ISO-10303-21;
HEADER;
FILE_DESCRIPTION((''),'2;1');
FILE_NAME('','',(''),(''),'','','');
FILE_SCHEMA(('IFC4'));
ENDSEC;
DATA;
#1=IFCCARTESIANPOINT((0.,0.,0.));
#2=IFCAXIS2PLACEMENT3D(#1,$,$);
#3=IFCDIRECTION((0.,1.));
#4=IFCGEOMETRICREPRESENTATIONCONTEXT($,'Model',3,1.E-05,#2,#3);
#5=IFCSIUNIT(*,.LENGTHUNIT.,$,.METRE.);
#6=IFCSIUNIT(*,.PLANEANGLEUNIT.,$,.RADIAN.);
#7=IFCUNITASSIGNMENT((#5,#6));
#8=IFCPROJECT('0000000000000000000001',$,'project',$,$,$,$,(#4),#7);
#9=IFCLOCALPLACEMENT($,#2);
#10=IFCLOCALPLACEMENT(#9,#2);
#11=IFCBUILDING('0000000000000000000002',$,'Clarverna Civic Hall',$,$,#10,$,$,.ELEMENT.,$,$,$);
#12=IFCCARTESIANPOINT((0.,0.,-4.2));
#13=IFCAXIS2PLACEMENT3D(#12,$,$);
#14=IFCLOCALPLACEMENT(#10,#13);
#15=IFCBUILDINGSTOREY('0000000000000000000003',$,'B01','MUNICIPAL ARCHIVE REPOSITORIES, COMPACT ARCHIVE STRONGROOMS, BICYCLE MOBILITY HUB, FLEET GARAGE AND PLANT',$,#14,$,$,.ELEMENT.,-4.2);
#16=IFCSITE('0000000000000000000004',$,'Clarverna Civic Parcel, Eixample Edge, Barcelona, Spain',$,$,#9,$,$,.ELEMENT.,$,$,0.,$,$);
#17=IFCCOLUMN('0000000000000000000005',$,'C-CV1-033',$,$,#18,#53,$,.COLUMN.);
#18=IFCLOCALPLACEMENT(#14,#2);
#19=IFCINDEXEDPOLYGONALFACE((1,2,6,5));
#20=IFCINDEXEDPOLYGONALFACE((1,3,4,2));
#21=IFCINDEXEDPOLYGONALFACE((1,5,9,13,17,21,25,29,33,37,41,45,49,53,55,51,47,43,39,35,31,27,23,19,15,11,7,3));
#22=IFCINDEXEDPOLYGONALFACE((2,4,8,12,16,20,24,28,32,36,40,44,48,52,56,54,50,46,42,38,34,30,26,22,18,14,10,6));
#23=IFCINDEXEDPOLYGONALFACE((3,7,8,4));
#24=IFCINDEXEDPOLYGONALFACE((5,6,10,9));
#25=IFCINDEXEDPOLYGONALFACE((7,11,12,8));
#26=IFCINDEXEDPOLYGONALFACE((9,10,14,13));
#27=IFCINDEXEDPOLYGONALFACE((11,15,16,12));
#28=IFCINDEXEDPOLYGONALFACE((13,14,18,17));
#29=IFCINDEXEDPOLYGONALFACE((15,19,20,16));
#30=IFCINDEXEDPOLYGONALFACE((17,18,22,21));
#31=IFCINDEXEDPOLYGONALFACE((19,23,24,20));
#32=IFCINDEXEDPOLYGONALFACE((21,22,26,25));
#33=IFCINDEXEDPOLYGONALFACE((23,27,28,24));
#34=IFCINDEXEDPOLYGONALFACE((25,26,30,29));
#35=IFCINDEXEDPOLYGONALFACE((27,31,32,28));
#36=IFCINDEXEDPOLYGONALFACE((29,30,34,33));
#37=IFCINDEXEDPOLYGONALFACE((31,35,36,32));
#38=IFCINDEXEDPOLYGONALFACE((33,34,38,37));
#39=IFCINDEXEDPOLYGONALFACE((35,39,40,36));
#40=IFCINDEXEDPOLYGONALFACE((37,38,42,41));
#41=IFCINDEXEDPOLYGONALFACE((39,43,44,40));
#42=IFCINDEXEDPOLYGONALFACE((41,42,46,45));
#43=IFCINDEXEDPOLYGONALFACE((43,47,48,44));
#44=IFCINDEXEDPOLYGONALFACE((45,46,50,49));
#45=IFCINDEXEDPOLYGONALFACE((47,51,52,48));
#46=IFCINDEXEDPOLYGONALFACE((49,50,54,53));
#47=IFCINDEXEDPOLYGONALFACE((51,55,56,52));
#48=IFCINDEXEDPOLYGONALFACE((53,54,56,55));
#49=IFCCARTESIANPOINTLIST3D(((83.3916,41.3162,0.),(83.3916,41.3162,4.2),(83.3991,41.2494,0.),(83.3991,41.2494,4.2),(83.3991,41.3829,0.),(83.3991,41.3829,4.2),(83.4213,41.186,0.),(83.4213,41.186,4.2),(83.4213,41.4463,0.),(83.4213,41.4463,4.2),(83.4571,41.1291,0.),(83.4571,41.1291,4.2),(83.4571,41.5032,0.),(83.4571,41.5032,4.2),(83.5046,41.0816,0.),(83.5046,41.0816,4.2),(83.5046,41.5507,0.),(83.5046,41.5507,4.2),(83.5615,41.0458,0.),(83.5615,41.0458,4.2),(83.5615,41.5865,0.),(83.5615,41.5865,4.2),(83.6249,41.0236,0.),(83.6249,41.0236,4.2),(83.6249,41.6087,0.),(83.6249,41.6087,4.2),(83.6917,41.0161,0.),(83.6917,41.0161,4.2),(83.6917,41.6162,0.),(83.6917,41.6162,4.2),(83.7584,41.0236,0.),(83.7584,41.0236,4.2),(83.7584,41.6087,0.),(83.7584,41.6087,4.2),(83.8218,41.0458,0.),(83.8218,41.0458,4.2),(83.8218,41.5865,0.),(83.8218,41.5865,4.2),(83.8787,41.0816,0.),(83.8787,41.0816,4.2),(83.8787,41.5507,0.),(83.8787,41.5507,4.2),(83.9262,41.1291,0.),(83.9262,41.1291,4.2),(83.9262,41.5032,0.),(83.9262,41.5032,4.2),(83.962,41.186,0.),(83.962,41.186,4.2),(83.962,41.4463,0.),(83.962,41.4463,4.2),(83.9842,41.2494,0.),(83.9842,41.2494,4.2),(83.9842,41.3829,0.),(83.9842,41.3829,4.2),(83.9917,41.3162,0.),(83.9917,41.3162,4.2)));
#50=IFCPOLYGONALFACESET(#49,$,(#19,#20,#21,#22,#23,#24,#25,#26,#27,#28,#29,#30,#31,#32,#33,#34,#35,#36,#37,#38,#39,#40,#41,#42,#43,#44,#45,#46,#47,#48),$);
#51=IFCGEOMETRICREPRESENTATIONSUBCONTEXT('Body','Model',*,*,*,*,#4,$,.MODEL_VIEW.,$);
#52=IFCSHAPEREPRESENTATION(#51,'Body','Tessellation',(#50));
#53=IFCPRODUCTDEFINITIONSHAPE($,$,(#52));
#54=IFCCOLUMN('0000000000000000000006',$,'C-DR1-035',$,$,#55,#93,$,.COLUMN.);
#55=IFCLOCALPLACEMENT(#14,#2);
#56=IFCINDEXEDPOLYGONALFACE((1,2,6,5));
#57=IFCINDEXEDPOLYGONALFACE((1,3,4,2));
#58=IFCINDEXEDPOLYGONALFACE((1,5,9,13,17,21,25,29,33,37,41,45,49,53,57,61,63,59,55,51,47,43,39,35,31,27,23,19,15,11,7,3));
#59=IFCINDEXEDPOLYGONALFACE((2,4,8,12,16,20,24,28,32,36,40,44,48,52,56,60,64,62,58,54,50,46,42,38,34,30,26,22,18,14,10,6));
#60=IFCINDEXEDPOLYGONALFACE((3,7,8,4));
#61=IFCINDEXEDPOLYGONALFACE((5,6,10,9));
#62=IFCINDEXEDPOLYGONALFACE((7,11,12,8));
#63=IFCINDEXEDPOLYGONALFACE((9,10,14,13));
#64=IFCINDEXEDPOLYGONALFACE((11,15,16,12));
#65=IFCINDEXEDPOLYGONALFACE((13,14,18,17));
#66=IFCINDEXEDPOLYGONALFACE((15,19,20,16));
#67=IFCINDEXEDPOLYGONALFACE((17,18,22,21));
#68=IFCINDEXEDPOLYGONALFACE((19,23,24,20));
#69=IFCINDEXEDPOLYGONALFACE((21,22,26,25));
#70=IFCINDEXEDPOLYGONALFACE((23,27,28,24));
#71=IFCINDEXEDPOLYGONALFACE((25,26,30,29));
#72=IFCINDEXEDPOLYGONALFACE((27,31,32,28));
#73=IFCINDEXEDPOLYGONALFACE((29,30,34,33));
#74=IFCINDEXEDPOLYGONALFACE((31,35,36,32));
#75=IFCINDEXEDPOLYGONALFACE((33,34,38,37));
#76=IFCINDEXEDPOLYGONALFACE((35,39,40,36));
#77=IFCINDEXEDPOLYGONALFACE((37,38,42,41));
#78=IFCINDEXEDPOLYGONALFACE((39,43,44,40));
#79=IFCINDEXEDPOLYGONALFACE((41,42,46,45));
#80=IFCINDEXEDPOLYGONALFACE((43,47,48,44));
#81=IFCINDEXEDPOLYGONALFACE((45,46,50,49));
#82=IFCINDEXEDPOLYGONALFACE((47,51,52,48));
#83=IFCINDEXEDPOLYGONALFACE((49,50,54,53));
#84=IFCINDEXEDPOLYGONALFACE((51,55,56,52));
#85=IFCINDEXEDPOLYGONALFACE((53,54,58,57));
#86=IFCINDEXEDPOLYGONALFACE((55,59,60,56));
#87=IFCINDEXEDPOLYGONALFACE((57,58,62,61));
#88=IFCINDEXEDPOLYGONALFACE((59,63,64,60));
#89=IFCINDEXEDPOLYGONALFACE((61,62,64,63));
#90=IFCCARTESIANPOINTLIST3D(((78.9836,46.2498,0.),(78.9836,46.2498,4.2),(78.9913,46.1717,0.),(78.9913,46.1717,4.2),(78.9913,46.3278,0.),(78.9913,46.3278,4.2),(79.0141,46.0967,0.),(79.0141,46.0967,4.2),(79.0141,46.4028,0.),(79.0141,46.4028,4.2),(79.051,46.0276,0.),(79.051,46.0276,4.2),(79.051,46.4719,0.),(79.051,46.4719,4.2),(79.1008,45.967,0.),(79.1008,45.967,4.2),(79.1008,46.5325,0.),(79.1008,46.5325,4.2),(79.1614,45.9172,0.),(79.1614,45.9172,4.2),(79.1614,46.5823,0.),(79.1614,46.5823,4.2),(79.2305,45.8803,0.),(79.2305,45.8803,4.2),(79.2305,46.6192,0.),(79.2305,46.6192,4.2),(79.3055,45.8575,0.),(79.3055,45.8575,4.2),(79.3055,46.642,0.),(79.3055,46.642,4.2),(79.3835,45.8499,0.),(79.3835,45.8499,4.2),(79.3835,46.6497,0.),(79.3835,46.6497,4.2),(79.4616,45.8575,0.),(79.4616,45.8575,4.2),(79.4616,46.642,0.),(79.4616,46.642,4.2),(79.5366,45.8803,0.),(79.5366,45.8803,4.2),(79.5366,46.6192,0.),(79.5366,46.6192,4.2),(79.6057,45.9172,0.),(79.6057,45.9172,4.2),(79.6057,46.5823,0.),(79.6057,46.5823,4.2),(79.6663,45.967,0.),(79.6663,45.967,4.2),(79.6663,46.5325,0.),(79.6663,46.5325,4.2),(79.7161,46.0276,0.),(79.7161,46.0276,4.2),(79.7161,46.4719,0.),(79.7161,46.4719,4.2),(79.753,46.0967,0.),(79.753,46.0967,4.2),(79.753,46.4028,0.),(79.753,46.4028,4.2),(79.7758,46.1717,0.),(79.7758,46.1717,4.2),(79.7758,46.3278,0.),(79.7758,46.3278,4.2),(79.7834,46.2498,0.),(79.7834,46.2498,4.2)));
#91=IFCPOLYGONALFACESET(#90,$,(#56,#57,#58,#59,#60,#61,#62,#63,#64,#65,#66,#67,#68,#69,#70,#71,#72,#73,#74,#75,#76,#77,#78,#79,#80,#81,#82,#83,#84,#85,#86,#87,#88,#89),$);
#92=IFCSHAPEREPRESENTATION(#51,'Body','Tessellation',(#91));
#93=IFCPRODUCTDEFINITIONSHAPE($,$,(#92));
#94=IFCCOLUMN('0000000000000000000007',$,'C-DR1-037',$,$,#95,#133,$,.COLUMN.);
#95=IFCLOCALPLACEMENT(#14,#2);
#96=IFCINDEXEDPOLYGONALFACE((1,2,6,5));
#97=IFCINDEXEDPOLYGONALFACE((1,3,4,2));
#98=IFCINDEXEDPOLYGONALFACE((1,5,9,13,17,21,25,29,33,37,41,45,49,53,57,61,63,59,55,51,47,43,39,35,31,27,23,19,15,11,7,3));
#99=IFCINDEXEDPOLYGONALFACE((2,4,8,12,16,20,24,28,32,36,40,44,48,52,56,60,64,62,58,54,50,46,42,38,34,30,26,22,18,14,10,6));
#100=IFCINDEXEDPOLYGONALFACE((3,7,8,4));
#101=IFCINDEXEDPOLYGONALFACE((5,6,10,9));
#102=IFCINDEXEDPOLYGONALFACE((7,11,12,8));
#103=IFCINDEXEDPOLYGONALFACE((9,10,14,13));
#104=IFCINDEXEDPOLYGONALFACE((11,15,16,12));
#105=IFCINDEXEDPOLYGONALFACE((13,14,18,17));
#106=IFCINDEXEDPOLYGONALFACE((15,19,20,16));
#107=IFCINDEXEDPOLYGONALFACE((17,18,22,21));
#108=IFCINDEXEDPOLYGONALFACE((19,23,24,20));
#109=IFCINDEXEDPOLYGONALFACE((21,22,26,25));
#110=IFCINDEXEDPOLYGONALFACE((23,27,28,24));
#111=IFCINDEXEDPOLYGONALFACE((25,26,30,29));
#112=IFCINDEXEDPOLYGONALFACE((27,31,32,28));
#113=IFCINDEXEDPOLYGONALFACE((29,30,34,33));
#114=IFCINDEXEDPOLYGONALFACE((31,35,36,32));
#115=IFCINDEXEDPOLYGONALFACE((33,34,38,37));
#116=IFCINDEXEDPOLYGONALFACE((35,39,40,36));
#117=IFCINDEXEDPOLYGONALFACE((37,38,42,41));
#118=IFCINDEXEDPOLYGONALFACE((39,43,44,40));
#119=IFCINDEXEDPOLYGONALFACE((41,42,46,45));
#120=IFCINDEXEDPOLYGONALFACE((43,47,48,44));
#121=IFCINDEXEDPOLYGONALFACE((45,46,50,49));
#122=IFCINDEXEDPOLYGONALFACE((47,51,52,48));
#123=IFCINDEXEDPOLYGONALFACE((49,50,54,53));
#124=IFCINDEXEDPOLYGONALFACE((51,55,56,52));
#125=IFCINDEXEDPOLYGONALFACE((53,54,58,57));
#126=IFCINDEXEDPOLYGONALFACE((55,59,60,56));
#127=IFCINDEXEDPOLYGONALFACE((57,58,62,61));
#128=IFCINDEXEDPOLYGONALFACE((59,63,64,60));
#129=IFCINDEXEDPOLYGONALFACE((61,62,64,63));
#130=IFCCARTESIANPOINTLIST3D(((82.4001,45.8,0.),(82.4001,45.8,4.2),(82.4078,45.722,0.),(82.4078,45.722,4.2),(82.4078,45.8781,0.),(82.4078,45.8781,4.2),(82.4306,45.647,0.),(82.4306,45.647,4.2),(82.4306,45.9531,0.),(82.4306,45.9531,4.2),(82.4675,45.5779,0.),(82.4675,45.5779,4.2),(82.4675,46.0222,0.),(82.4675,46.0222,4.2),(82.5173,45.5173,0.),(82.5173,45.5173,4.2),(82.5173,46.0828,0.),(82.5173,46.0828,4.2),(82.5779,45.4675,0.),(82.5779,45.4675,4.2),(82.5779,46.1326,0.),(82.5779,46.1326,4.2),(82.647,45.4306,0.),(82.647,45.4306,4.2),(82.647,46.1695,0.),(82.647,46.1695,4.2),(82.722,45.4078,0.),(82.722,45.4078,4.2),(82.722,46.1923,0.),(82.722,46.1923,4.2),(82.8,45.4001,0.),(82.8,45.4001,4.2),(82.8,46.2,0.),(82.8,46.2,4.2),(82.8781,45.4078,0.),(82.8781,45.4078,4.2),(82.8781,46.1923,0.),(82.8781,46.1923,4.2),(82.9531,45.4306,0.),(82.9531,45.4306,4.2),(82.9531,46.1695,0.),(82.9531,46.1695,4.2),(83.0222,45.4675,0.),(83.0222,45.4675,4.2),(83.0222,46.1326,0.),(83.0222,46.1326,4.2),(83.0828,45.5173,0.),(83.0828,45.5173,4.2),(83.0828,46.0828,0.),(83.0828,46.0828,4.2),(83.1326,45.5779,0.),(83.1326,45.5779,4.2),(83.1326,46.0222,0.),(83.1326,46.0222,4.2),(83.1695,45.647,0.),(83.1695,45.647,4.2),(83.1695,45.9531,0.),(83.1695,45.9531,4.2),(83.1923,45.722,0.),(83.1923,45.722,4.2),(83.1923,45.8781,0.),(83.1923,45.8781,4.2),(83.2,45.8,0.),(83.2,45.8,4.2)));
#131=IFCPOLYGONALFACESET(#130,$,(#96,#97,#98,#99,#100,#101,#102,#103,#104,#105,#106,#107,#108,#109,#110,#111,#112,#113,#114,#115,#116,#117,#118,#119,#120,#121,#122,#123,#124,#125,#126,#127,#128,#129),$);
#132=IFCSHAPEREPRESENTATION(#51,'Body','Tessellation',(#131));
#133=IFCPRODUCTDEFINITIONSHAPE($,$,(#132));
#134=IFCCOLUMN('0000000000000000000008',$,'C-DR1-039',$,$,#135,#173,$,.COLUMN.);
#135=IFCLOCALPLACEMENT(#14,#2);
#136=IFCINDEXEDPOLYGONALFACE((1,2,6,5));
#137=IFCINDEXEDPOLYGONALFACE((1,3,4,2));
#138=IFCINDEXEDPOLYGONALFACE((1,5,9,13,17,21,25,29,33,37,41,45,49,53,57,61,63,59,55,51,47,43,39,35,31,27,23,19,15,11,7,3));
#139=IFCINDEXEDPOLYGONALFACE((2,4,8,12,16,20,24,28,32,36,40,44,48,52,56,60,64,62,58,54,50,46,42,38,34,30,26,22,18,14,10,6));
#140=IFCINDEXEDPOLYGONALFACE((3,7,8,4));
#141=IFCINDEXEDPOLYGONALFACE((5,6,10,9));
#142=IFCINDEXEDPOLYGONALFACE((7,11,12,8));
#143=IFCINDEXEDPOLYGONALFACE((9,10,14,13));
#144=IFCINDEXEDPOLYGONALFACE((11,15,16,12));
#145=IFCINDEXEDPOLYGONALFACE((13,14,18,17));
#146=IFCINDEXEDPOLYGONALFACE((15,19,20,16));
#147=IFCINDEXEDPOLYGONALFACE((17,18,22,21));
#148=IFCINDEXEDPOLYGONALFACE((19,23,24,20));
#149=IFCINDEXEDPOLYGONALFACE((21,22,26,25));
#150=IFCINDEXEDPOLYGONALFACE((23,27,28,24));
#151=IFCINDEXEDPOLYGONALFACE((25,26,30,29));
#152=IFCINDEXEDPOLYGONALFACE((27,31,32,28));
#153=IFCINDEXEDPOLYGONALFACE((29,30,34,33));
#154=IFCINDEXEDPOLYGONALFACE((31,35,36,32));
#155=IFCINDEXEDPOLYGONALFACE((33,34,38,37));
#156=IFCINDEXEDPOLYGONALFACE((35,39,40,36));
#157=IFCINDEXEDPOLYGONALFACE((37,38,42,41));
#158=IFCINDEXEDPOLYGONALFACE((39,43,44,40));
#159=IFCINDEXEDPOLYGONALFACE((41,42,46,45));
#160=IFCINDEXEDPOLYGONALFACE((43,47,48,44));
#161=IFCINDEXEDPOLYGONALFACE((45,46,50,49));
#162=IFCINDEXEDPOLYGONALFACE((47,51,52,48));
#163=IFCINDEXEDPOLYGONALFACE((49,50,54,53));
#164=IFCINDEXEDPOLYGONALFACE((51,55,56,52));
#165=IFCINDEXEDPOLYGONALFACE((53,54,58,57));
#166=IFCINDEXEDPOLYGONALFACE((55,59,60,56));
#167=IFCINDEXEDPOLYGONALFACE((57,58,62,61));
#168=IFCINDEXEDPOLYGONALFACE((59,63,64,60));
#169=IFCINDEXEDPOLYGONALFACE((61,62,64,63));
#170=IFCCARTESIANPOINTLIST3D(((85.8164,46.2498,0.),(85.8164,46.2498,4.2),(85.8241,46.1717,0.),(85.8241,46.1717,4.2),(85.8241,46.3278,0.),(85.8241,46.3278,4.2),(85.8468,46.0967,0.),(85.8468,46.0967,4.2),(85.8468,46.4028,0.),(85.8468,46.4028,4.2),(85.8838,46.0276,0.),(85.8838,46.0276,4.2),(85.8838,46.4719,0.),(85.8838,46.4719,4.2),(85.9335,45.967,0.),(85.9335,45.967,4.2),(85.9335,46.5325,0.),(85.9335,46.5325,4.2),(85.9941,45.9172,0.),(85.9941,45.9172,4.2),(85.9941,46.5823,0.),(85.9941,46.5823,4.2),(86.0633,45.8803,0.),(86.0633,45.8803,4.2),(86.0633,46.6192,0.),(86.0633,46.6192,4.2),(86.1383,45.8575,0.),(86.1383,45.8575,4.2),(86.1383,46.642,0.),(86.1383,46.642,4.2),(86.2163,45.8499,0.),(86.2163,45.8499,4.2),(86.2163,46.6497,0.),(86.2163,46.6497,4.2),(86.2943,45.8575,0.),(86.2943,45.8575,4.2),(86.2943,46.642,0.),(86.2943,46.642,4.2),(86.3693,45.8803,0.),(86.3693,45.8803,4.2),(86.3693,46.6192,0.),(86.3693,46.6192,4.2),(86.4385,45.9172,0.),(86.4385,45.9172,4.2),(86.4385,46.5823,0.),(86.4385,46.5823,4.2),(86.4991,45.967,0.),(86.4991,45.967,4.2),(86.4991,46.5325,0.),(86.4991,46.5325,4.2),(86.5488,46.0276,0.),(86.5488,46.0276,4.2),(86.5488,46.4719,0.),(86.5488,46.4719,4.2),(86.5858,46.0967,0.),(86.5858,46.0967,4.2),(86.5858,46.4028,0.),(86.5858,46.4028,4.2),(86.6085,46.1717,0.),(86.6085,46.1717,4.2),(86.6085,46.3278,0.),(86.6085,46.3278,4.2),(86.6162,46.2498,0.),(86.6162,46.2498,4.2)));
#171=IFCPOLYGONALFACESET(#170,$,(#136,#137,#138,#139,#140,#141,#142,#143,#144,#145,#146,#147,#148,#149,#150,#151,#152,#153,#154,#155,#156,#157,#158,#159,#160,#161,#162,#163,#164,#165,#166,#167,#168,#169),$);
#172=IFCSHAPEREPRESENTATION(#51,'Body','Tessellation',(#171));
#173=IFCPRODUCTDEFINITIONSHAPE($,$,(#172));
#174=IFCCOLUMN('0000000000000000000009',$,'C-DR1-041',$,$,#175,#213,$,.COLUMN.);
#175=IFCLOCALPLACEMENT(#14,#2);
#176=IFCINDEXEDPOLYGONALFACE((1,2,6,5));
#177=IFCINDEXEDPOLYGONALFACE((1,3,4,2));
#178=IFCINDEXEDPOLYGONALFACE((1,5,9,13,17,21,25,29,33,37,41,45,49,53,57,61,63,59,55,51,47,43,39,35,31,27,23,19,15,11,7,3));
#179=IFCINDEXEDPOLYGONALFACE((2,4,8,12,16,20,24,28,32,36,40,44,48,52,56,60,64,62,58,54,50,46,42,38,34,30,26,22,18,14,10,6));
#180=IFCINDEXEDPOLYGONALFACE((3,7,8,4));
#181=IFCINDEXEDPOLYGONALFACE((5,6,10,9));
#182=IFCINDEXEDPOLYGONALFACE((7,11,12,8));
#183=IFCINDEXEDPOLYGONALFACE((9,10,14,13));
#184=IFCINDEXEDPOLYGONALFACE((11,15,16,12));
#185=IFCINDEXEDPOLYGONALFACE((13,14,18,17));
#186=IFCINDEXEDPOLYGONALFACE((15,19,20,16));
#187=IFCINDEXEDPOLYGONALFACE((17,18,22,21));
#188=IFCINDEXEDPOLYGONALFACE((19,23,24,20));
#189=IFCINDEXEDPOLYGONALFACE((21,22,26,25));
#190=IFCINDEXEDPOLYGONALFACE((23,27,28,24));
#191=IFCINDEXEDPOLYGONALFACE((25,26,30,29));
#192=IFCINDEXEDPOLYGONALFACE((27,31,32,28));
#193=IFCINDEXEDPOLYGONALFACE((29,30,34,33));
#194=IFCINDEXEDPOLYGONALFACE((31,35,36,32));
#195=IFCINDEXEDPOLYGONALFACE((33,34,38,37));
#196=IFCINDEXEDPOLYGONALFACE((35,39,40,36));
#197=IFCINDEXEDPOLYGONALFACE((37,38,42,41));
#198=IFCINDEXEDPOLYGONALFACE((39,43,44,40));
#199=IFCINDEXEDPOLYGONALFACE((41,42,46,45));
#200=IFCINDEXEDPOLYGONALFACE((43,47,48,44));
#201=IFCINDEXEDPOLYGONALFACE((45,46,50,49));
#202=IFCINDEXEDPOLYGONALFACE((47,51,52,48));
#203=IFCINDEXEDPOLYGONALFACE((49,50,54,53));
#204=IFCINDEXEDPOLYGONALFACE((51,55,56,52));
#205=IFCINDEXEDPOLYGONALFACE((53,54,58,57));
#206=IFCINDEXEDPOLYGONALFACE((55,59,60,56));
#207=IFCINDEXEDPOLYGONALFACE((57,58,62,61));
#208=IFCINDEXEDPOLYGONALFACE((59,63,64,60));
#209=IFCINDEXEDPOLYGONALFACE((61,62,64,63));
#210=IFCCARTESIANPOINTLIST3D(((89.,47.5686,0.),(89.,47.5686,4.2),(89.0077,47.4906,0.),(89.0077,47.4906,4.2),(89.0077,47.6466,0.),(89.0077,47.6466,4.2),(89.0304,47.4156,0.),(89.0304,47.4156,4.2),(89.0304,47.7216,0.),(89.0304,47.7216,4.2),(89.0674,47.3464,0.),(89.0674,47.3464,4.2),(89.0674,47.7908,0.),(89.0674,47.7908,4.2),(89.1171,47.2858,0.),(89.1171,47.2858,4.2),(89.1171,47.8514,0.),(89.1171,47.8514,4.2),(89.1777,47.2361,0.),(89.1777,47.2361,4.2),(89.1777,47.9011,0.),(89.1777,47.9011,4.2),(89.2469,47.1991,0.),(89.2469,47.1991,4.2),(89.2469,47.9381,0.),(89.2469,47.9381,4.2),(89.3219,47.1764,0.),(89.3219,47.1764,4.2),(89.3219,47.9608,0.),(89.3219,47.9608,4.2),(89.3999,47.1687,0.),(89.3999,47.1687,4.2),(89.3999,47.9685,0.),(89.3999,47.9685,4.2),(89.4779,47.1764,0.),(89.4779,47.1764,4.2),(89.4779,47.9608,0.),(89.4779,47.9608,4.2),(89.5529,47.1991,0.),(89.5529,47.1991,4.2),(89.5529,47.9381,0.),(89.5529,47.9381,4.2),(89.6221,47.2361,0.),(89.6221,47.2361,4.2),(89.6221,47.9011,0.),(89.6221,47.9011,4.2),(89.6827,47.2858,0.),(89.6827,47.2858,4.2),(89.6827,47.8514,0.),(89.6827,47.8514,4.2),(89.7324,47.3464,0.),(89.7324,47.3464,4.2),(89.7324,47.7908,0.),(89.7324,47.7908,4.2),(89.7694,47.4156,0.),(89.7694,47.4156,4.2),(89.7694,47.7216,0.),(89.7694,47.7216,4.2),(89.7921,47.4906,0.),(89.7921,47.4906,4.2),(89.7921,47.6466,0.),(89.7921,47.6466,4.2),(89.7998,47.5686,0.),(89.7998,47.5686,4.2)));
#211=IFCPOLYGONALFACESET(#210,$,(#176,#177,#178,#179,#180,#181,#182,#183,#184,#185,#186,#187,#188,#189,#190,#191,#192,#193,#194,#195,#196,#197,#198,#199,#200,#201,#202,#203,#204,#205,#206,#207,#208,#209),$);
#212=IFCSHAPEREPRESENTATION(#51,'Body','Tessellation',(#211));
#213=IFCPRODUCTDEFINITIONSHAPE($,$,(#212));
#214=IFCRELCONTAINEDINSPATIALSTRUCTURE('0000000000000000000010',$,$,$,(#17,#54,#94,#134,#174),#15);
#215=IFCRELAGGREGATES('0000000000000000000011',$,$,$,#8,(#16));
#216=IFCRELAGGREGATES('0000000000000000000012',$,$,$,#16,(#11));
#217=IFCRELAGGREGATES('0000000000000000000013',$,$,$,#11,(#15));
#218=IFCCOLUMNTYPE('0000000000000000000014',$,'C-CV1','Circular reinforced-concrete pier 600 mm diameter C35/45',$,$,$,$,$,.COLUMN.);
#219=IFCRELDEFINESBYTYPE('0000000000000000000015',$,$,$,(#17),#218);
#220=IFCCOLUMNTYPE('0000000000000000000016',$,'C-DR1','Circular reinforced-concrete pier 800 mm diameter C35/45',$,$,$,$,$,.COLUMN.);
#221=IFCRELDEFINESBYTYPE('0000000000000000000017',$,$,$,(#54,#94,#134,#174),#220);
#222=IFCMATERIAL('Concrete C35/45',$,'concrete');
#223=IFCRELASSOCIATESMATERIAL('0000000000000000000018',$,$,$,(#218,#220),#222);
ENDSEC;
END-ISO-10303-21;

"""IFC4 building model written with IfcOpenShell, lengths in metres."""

from ifc_helpers import new_model, si_unit, direction, frame, origin, origin_2d, place, context, subcontext, project, spatial, circle, extrude, material, material_profile, profile_set, type_object, element, save


model = new_model("IFC4")

# Units and contexts
model_context = context("Model", 3, precision=1e-05, world=origin(), true_north=direction((0.0, 1.0)))
body_context = subcontext(model_context, "Body", "Model", "MODEL_VIEW")
ifc_project = project(units=[si_unit("LENGTHUNIT", "METRE"), si_unit("PLANEANGLEUNIT", "RADIAN")], contexts=[model_context])

# Site, building, storey
site_placement = place(None, origin())
site = spatial("IfcSite", under=ifc_project, at=site_placement, Name="Clarverna Civic Parcel, Eixample Edge, Barcelona, Spain", CompositionType="ELEMENT", RefElevation=0.0)
building_placement = place(site_placement, origin())
building = spatial("IfcBuilding", under=site, at=building_placement, Name="Clarverna Civic Hall", CompositionType="ELEMENT")
storey_placement = place(building_placement, frame((0.0, 0.0, -4.2)))
storey = spatial("IfcBuildingStorey", under=building, at=storey_placement, Name="B01", Description="MUNICIPAL ARCHIVE REPOSITORIES, COMPACT ARCHIVE STRONGROOMS, BICYCLE MOBILITY HUB, FLEET GARAGE AND PLANT", CompositionType="ELEMENT", Elevation=-4.2)

# Columns
ifc_material_1 = material(Name="Concrete C35/45", Category="concrete")
ifc_material_profile_1 = material_profile(ifc_material_1, circle(Radius=0.3, at=origin_2d()), Name="RC D600")
ifc_profile_set_1 = profile_set([ifc_material_profile_1], Name="Concrete C35/45")
column_type_1 = type_object("IfcColumnType", Name="C-CV1", Description="Circular reinforced-concrete pier 600 mm diameter C35/45", PredefinedType="COLUMN", material=ifc_profile_set_1)
for number, where, z_axis, x_axis, name in (
    (1, (83.6917, 41.3162, 0.0), (0.0, 0.0, 1.0), (1.0, 0.0, 0.0), "C-CV1-033"),
):
    element("IfcColumn", number, at=place(storey_placement, frame(where, z_axis=z_axis, x_axis=x_axis)), inside=storey, type_object=column_type_1, Name=name, PredefinedType="COLUMN", context=body_context, shape_type="SweptSolid", body=[
        extrude(circle(Radius=0.3, at=origin_2d()), origin(), (0.0, 0.0, 1.0), 4.2),
    ])
ifc_material_profile_2 = material_profile(ifc_material_1, circle(Radius=0.3999, at=origin_2d()), Name="RC D800")
ifc_profile_set_2 = profile_set([ifc_material_profile_2], Name="Concrete C35/45")
column_type_2 = type_object("IfcColumnType", Name="C-DR1", Description="Circular reinforced-concrete pier 800 mm diameter C35/45", PredefinedType="COLUMN", material=ifc_profile_set_2)
for number, where, z_axis, x_axis, name in (
    (2, (79.3835, 46.2498, 0.0), (0.0, 0.0, 1.0), (1.0, 0.0, 0.0), "C-DR1-035"),
    (3, (82.8, 45.8, 0.0), (0.0, 0.0, 1.0), (1.0, 0.0, 0.0), "C-DR1-037"),
    (4, (86.2163, 46.2498, 0.0), (0.0, 0.0, 1.0), (1.0, 0.0, 0.0), "C-DR1-039"),
    (5, (89.3999, 47.5686, 0.0), (0.0, 0.0, 1.0), (1.0, 0.0, 0.0), "C-DR1-041"),
):
    element("IfcColumn", number, at=place(storey_placement, frame(where, z_axis=z_axis, x_axis=x_axis)), inside=storey, type_object=column_type_2, Name=name, PredefinedType="COLUMN", context=body_context, shape_type="SweptSolid", body=[
        extrude(circle(Radius=0.3999, at=origin_2d()), origin(), (0.0, 0.0, 1.0), 4.2),
    ])

save(model, "model.ifc")
